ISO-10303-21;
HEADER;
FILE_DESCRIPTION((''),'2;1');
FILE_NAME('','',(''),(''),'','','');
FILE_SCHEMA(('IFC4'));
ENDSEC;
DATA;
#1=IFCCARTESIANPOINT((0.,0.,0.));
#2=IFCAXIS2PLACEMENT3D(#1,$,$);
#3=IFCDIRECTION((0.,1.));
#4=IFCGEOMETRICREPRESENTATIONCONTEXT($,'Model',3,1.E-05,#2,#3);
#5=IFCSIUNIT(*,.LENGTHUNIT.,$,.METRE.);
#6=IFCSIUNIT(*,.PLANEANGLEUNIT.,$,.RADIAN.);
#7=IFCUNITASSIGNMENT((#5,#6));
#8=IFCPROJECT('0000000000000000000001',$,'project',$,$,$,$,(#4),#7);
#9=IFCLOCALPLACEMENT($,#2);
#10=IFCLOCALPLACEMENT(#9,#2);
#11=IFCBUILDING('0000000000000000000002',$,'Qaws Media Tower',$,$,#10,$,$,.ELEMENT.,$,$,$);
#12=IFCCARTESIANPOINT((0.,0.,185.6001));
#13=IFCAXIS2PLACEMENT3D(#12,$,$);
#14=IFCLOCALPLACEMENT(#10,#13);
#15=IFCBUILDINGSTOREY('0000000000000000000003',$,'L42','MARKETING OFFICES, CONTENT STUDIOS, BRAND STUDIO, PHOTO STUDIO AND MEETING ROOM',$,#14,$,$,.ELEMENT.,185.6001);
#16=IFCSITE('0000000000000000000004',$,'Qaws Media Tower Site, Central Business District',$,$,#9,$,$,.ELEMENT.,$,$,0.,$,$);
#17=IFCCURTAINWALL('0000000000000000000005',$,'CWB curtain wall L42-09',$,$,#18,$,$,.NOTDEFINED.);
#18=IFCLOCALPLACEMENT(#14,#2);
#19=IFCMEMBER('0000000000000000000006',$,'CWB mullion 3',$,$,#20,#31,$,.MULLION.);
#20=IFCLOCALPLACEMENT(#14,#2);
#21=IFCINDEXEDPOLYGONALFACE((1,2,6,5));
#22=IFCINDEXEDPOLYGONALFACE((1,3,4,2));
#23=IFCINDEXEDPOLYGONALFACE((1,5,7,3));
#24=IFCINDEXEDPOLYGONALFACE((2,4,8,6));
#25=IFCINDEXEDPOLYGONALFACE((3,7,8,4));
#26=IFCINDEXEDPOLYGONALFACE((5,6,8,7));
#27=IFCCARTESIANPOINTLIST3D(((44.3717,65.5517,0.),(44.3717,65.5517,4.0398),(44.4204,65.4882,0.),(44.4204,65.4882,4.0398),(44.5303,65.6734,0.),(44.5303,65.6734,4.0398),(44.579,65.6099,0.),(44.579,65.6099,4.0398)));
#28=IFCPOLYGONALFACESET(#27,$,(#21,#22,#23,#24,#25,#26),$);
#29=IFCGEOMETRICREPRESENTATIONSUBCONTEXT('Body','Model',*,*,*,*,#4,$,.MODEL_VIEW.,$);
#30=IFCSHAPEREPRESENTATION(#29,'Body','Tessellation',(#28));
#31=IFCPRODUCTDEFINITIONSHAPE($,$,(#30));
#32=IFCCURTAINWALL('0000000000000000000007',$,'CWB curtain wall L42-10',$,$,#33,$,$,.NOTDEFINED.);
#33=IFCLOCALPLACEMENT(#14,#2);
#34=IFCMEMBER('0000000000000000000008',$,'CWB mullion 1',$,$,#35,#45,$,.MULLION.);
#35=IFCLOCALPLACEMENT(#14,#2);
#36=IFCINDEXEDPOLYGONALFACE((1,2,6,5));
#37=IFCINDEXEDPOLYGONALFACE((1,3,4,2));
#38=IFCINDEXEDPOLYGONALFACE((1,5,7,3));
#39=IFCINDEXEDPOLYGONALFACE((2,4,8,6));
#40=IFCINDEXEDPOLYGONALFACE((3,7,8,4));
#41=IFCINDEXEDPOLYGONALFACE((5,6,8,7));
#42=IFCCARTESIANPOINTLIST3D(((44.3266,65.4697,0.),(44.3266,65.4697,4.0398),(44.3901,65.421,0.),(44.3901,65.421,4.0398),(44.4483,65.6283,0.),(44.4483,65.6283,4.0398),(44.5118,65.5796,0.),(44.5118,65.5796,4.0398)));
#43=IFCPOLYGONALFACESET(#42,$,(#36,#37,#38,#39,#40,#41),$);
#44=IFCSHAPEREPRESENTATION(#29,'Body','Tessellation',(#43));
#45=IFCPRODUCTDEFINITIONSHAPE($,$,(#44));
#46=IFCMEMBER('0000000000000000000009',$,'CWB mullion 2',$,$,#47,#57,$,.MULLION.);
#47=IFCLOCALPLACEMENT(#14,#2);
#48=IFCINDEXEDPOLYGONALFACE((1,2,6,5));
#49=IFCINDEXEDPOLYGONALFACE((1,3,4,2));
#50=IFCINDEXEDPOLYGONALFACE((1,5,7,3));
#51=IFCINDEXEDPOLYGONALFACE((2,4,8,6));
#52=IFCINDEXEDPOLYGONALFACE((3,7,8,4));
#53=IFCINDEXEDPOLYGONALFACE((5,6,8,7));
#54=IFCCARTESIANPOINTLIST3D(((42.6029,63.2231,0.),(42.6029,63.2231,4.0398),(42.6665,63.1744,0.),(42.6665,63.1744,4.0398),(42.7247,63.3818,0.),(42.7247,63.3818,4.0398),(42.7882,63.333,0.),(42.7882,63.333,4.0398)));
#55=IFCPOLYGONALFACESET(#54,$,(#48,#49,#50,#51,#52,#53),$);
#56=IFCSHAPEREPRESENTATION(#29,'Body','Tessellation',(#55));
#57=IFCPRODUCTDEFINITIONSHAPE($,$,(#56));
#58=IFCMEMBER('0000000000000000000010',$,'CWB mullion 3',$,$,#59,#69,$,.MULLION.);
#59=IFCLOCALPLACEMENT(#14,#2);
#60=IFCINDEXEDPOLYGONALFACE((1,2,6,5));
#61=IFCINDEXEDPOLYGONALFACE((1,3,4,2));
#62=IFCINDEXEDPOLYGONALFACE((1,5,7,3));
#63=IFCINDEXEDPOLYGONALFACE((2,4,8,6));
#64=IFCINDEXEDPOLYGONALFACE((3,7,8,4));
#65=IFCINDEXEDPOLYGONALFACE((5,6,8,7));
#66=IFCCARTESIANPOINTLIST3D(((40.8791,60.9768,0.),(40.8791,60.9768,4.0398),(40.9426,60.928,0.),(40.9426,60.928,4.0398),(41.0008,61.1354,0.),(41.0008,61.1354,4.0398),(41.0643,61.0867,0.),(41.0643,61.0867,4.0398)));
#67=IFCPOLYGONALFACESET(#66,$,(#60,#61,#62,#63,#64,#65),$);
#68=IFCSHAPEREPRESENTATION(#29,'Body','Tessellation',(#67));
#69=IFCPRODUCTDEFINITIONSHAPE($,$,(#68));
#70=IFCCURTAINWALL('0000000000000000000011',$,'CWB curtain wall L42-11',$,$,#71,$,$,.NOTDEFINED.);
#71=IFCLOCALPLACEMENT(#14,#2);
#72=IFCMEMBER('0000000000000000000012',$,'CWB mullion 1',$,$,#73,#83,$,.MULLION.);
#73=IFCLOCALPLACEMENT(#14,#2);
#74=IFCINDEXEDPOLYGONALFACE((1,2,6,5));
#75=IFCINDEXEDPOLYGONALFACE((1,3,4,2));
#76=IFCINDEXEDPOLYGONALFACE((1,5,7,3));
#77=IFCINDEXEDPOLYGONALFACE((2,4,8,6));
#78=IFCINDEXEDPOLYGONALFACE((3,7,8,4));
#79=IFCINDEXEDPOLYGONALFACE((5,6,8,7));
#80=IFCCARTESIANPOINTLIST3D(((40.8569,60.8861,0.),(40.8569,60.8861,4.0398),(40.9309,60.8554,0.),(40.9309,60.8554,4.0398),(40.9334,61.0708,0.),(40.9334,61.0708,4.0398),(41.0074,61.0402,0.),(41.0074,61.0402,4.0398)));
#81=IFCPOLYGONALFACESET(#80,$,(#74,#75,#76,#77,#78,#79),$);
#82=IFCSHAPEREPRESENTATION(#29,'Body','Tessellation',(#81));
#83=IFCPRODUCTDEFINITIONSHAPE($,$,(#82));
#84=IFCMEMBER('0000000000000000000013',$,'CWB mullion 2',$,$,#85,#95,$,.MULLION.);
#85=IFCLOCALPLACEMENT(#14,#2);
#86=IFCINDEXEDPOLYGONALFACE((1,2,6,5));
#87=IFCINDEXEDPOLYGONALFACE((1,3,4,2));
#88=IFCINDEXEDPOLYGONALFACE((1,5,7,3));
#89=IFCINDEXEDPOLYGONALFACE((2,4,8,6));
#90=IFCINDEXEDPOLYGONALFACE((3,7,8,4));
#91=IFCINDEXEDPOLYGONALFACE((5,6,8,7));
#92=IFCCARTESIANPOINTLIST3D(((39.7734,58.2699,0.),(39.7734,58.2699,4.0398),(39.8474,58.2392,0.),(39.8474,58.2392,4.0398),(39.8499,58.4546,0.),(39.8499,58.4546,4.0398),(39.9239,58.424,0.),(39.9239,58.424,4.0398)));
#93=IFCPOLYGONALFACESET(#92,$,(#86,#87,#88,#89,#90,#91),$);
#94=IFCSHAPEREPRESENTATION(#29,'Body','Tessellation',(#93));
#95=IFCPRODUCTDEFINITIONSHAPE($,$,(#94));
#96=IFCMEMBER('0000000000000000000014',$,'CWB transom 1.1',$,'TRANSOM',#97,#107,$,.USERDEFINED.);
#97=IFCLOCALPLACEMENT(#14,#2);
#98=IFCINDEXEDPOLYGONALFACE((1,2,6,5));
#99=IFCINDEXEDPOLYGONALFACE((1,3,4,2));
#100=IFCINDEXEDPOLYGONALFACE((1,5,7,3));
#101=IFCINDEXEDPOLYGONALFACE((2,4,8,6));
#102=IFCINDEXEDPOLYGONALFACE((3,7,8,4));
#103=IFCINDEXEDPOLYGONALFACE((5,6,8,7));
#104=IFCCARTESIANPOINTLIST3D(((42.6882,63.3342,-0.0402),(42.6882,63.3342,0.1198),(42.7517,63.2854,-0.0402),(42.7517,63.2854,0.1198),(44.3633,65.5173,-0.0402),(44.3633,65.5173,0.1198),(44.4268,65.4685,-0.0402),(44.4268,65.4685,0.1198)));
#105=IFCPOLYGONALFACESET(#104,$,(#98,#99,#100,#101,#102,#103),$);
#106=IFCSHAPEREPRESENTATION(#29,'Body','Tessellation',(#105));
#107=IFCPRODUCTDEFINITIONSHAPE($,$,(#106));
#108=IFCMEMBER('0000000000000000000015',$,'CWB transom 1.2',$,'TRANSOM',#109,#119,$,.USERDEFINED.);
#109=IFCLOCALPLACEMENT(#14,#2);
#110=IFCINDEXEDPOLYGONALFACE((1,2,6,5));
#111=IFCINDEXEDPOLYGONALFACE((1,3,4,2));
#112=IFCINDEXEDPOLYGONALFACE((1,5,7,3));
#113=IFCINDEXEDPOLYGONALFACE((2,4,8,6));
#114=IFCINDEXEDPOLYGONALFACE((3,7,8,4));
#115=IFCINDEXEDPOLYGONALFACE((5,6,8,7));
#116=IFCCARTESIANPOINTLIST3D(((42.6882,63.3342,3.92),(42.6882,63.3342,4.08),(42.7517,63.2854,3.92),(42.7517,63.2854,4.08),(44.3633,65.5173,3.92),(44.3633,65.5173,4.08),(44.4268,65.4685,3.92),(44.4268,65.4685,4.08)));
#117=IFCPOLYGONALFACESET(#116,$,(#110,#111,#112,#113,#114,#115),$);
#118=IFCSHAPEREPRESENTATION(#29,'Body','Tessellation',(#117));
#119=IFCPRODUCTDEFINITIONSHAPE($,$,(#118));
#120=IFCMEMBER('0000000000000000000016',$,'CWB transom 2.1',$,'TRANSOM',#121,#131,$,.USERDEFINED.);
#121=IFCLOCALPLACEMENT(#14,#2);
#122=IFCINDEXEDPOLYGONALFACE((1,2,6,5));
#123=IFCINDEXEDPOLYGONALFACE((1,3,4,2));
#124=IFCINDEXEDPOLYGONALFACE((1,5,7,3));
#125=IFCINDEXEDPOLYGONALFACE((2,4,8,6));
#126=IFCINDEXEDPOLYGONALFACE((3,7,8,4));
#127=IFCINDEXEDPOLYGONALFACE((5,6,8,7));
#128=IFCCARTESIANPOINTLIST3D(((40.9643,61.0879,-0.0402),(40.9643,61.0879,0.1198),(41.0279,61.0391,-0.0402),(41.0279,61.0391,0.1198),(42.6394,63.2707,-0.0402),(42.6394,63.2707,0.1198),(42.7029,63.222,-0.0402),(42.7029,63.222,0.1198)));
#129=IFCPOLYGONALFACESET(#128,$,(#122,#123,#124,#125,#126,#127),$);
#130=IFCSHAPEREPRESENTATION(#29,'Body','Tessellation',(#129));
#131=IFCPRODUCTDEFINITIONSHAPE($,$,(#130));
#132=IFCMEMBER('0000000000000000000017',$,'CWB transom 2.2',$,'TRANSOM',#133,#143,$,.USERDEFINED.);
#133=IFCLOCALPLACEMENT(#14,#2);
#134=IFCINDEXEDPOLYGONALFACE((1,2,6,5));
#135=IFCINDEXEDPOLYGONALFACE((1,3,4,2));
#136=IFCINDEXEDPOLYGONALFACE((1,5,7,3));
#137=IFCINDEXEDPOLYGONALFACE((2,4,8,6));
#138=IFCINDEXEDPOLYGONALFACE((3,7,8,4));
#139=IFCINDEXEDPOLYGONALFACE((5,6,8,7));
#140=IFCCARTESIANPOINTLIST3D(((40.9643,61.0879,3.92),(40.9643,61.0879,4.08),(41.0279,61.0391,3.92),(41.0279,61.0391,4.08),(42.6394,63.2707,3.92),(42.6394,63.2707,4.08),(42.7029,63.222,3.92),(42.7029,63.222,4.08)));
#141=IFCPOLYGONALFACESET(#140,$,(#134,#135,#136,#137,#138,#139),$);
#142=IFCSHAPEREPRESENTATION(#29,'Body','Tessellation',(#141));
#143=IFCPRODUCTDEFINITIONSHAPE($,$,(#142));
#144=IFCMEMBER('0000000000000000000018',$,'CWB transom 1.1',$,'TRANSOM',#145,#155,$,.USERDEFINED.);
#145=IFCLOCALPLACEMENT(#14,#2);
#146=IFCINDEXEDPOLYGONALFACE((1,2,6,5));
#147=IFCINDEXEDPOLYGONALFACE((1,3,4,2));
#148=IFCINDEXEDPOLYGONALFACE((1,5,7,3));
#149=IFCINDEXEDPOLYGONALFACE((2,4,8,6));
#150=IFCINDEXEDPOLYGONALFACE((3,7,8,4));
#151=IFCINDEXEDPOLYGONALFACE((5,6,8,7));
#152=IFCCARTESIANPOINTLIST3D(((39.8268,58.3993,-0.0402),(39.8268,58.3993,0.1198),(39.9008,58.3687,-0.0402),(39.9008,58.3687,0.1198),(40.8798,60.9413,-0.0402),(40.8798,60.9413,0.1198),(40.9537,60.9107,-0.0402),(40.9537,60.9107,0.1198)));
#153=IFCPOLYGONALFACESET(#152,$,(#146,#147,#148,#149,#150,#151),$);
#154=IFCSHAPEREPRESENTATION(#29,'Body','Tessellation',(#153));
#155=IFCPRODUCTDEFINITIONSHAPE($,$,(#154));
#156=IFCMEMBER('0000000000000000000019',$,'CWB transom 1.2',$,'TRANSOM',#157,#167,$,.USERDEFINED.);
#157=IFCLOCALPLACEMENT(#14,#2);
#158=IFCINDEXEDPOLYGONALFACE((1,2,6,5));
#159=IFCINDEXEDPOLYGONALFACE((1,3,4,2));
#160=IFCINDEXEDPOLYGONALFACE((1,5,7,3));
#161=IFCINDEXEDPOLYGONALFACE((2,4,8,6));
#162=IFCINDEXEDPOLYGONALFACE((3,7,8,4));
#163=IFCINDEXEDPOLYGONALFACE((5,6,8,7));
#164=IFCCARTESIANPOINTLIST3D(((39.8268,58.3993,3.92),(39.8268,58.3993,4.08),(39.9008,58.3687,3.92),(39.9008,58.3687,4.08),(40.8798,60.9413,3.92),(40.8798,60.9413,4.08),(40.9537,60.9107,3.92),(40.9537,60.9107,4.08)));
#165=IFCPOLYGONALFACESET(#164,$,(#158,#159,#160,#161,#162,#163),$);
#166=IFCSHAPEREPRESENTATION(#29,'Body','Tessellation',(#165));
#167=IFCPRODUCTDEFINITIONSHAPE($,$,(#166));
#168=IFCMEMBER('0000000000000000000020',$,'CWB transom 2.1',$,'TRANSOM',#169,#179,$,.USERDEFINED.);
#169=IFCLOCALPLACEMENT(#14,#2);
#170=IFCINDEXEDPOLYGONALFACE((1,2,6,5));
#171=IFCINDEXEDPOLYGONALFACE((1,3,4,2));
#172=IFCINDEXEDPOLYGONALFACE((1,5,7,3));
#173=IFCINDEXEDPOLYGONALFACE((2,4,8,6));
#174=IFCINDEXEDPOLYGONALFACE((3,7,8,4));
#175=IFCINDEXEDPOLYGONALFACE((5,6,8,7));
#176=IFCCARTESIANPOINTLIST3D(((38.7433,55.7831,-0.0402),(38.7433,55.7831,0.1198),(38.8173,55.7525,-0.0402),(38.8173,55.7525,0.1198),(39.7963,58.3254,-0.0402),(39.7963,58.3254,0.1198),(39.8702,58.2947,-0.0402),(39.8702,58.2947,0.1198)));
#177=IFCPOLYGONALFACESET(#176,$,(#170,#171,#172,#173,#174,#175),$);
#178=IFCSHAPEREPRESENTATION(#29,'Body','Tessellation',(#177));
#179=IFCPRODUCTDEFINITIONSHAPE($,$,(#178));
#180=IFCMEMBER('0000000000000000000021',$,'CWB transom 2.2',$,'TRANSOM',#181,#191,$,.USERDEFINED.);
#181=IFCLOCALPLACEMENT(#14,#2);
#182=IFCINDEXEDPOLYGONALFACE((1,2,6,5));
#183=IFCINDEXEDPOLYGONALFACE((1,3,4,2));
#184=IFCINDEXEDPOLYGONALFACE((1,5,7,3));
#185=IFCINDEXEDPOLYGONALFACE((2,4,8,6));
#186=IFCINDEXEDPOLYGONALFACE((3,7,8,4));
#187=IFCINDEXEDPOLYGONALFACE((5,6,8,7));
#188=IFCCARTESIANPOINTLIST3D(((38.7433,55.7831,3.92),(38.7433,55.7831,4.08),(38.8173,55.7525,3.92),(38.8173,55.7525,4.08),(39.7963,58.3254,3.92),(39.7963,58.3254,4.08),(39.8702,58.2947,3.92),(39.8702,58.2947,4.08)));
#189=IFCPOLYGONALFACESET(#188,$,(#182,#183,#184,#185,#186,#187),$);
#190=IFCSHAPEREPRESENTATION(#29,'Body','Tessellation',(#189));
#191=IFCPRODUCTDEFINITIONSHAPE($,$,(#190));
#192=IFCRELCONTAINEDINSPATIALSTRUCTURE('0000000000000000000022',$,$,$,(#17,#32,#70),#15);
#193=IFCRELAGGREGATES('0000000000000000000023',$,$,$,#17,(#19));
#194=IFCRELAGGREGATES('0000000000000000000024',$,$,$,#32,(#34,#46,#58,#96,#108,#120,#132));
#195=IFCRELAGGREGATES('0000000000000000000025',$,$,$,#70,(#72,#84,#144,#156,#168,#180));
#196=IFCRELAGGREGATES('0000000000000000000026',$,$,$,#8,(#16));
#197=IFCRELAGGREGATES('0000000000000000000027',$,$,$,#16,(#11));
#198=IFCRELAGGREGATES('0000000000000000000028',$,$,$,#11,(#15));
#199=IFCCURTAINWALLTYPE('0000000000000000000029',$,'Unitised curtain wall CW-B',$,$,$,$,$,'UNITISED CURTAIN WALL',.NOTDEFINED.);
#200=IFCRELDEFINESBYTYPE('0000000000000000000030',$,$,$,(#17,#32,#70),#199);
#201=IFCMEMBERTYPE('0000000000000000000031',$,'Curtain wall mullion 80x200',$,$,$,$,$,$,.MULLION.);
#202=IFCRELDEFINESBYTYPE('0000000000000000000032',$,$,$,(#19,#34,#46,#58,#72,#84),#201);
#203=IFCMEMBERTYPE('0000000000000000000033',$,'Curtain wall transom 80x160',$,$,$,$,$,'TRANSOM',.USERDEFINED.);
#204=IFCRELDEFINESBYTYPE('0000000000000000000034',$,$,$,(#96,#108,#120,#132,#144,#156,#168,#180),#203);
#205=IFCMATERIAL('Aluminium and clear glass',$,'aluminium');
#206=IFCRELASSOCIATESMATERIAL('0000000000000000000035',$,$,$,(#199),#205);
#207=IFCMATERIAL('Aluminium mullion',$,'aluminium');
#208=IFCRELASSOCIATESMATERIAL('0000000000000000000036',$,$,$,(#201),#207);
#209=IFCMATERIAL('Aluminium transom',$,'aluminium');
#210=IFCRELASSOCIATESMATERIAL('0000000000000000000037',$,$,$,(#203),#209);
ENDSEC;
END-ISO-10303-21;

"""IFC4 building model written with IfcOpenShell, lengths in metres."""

from ifc_helpers import new_model, si_unit, direction, frame, origin, origin_2d, place, context, subcontext, project, spatial, rectangle, extrude, material, material_profile, profile_set, type_object, element, aggregate, save


model = new_model("IFC4")

# Units and contexts
model_context = context("Model", 3, precision=1e-05, world=origin(), true_north=direction((0.0, 1.0)))
body_context = subcontext(model_context, "Body", "Model", "MODEL_VIEW")
ifc_project = project(units=[si_unit("LENGTHUNIT", "METRE"), si_unit("PLANEANGLEUNIT", "RADIAN")], contexts=[model_context])

# Site, building, storey
site_placement = place(None, origin())
site = spatial("IfcSite", under=ifc_project, at=site_placement, Name="Qaws Media Tower Site, Central Business District", CompositionType="ELEMENT", RefElevation=0.0)
building_placement = place(site_placement, origin())
building = spatial("IfcBuilding", under=site, at=building_placement, Name="Qaws Media Tower", CompositionType="ELEMENT")
storey_placement = place(building_placement, frame((0.0, 0.0, 185.6001)))
storey = spatial("IfcBuildingStorey", under=building, at=storey_placement, Name="L42", Description="MARKETING OFFICES, CONTENT STUDIOS, BRAND STUDIO, PHOTO STUDIO AND MEETING ROOM", CompositionType="ELEMENT", Elevation=185.6001)

# Curtain wall, member
ifc_material_1 = material(Name="Aluminium and clear glass", Category="aluminium")
curtain_wall_type = type_object("IfcCurtainWallType", Name="Unitised curtain wall CW-B", ElementType="UNITISED CURTAIN WALL", PredefinedType="NOTDEFINED", material=ifc_material_1)
curtain_wall_1_placement = place(storey_placement, origin())
curtain_wall_1 = element("IfcCurtainWall", 1, at=curtain_wall_1_placement, inside=storey, type_object=curtain_wall_type, Name="CWB curtain wall L42-09", PredefinedType="NOTDEFINED")
ifc_material_2 = material(Name="Aluminium mullion", Category="aluminium")
ifc_material_profile_1 = material_profile(ifc_material_2, rectangle(XDim=0.0801, YDim=0.2, at=origin_2d()), Name="80x200")
ifc_profile_set_1 = profile_set([ifc_material_profile_1], Name="Aluminium mullion")
member_type_1 = type_object("IfcMemberType", Name="Curtain wall mullion 80x200", PredefinedType="MULLION", material=ifc_profile_set_1)
member_1_placement = place(storey_placement, frame((44.4753, 65.5808, 0.0), z_axis=(0.0, 0.0, 1.0), x_axis=(0.608761, -0.793353, 0.0)))
member_1 = element("IfcMember", 2, at=member_1_placement, type_object=member_type_1, Name="CWB mullion 3", PredefinedType="MULLION", context=body_context, shape_type="SweptSolid", body=[
    extrude(rectangle(XDim=0.0801, YDim=0.2, at=origin_2d()), origin(), (0.0, 0.0, 1.0), 4.0398),
])
aggregate(curtain_wall_1, [member_1])

# Curtain walls, members
curtain_wall_2_placement = place(storey_placement, origin())
curtain_wall_2 = element("IfcCurtainWall", 3, at=curtain_wall_2_placement, inside=storey, type_object=curtain_wall_type, Name="CWB curtain wall L42-10", PredefinedType="NOTDEFINED")
member_2_placement = place(storey_placement, frame((44.4192, 65.5247, 0.0), z_axis=(0.0, 0.0, 1.0), x_axis=(0.793353, -0.608761, 0.0)))
member_2 = element("IfcMember", 4, at=member_2_placement, type_object=member_type_1, Name="CWB mullion 1", PredefinedType="MULLION", context=body_context, shape_type="SweptSolid", body=[
    extrude(rectangle(XDim=0.0801, YDim=0.2, at=origin_2d()), origin(), (0.0, 0.0, 1.0), 4.0398),
])
member_3_placement = place(storey_placement, frame((42.6956, 63.2781, 0.0), z_axis=(0.0, 0.0, 1.0), x_axis=(0.793353, -0.608761, 0.0)))
member_3 = element("IfcMember", 5, at=member_3_placement, type_object=member_type_1, Name="CWB mullion 2", PredefinedType="MULLION", context=body_context, shape_type="SweptSolid", body=[
    extrude(rectangle(XDim=0.0801, YDim=0.2, at=origin_2d()), origin(), (0.0, 0.0, 1.0), 4.0398),
])
member_4_placement = place(storey_placement, frame((40.9717, 61.0317, 0.0), z_axis=(0.0, 0.0, 1.0), x_axis=(0.793353, -0.608761, 0.0)))
member_4 = element("IfcMember", 6, at=member_4_placement, type_object=member_type_1, Name="CWB mullion 3", PredefinedType="MULLION", context=body_context, shape_type="SweptSolid", body=[
    extrude(rectangle(XDim=0.0801, YDim=0.2, at=origin_2d()), origin(), (0.0, 0.0, 1.0), 4.0398),
])
curtain_wall_3_placement = place(storey_placement, origin())
curtain_wall_3 = element("IfcCurtainWall", 7, at=curtain_wall_3_placement, inside=storey, type_object=curtain_wall_type, Name="CWB curtain wall L42-11", PredefinedType="NOTDEFINED")
member_5_placement = place(storey_placement, frame((40.9321, 60.9631, 0.0), z_axis=(0.0, 0.0, 1.0), x_axis=(0.92388, -0.382683, 0.0)))
member_5 = element("IfcMember", 8, at=member_5_placement, type_object=member_type_1, Name="CWB mullion 1", PredefinedType="MULLION", context=body_context, shape_type="SweptSolid", body=[
    extrude(rectangle(XDim=0.0801, YDim=0.2, at=origin_2d()), origin(), (0.0, 0.0, 1.0), 4.0398),
])
member_6_placement = place(storey_placement, frame((39.8486, 58.3469, 0.0), z_axis=(0.0, 0.0, 1.0), x_axis=(0.92388, -0.382683, 0.0)))
member_6 = element("IfcMember", 9, at=member_6_placement, type_object=member_type_1, Name="CWB mullion 2", PredefinedType="MULLION", context=body_context, shape_type="SweptSolid", body=[
    extrude(rectangle(XDim=0.0801, YDim=0.2, at=origin_2d()), origin(), (0.0, 0.0, 1.0), 4.0398),
])

# Members
ifc_material_3 = material(Name="Aluminium transom", Category="aluminium")
ifc_material_profile_2 = material_profile(ifc_material_3, rectangle(XDim=0.0801, YDim=0.1599, at=origin_2d()), Name="80x160")
ifc_profile_set_2 = profile_set([ifc_material_profile_2], Name="Aluminium transom")
member_type_2 = type_object("IfcMemberType", Name="Curtain wall transom 80x160", ElementType="TRANSOM", PredefinedType="USERDEFINED", material=ifc_profile_set_2)
member_7_placement = place(storey_placement, frame((44.395, 65.4929, 0.0398), z_axis=(-0.608737, -0.793372, 0.0), x_axis=(0.793372, -0.608737, 0.0)))
member_7 = element("IfcMember", 10, at=member_7_placement, type_object=member_type_2, Name="CWB transom 1.1", ObjectType="TRANSOM", PredefinedType="USERDEFINED", context=body_context, shape_type="SweptSolid", body=[
    extrude(rectangle(XDim=0.0801, YDim=0.1599, at=origin_2d()), origin(), (0.0, 0.0, 1.0), 2.7517),
])
member_8_placement = place(storey_placement, frame((44.395, 65.4929, 4.0), z_axis=(-0.608737, -0.793372, 0.0), x_axis=(0.793372, -0.608737, 0.0)))
member_8 = element("IfcMember", 11, at=member_8_placement, type_object=member_type_2, Name="CWB transom 1.2", ObjectType="TRANSOM", PredefinedType="USERDEFINED", context=body_context, shape_type="SweptSolid", body=[
    extrude(rectangle(XDim=0.0801, YDim=0.1599, at=origin_2d()), origin(), (0.0, 0.0, 1.0), 2.7517),
])
member_9_placement = place(storey_placement, frame((42.6711, 63.2463, 0.0398), z_axis=(-0.60878, -0.793339, 0.0), x_axis=(0.793339, -0.60878, 0.0)))
member_9 = element("IfcMember", 12, at=member_9_placement, type_object=member_type_2, Name="CWB transom 2.1", ObjectType="TRANSOM", PredefinedType="USERDEFINED", context=body_context, shape_type="SweptSolid", body=[
    extrude(rectangle(XDim=0.0801, YDim=0.1599, at=origin_2d()), origin(), (0.0, 0.0, 1.0), 2.7515),
])
member_10_placement = place(storey_placement, frame((42.6711, 63.2463, 4.0), z_axis=(-0.60878, -0.793339, 0.0), x_axis=(0.793339, -0.60878, 0.0)))
member_10 = element("IfcMember", 13, at=member_10_placement, type_object=member_type_2, Name="CWB transom 2.2", ObjectType="TRANSOM", PredefinedType="USERDEFINED", context=body_context, shape_type="SweptSolid", body=[
    extrude(rectangle(XDim=0.0801, YDim=0.1599, at=origin_2d()), origin(), (0.0, 0.0, 1.0), 2.7515),
])
member_11_placement = place(storey_placement, frame((40.9167, 60.926, 0.0398), z_axis=(-0.382699, -0.923873, 0.0), x_axis=(0.923873, -0.382699, 0.0)))
member_11 = element("IfcMember", 14, at=member_11_placement, type_object=member_type_2, Name="CWB transom 1.1", ObjectType="TRANSOM", PredefinedType="USERDEFINED", context=body_context, shape_type="SweptSolid", body=[
    extrude(rectangle(XDim=0.0801, YDim=0.1599, at=origin_2d()), origin(), (0.0, 0.0, 1.0), 2.7515),
])
member_12_placement = place(storey_placement, frame((40.9167, 60.926, 4.0), z_axis=(-0.382699, -0.923873, 0.0), x_axis=(0.923873, -0.382699, 0.0)))
member_12 = element("IfcMember", 15, at=member_12_placement, type_object=member_type_2, Name="CWB transom 1.2", ObjectType="TRANSOM", PredefinedType="USERDEFINED", context=body_context, shape_type="SweptSolid", body=[
    extrude(rectangle(XDim=0.0801, YDim=0.1599, at=origin_2d()), origin(), (0.0, 0.0, 1.0), 2.7515),
])
member_13_placement = place(storey_placement, frame((39.8333, 58.3101, 0.0398), z_axis=(-0.382668, -0.923886, 0.0), x_axis=(0.923886, -0.382668, 0.0)))
member_13 = element("IfcMember", 16, at=member_13_placement, type_object=member_type_2, Name="CWB transom 2.1", ObjectType="TRANSOM", PredefinedType="USERDEFINED", context=body_context, shape_type="SweptSolid", body=[
    extrude(rectangle(XDim=0.0801, YDim=0.1599, at=origin_2d()), origin(), (0.0, 0.0, 1.0), 2.7517),
])
member_14_placement = place(storey_placement, frame((39.8333, 58.3101, 4.0), z_axis=(-0.382668, -0.923886, 0.0), x_axis=(0.923886, -0.382668, 0.0)))
member_14 = element("IfcMember", 17, at=member_14_placement, type_object=member_type_2, Name="CWB transom 2.2", ObjectType="TRANSOM", PredefinedType="USERDEFINED", context=body_context, shape_type="SweptSolid", body=[
    extrude(rectangle(XDim=0.0801, YDim=0.1599, at=origin_2d()), origin(), (0.0, 0.0, 1.0), 2.7517),
])

aggregate(curtain_wall_2, [member_2, member_3, member_4, member_7, member_8, member_9, member_10])
aggregate(curtain_wall_3, [member_5, member_6, member_11, member_12, member_13, member_14])

save(model, "model.ifc")
